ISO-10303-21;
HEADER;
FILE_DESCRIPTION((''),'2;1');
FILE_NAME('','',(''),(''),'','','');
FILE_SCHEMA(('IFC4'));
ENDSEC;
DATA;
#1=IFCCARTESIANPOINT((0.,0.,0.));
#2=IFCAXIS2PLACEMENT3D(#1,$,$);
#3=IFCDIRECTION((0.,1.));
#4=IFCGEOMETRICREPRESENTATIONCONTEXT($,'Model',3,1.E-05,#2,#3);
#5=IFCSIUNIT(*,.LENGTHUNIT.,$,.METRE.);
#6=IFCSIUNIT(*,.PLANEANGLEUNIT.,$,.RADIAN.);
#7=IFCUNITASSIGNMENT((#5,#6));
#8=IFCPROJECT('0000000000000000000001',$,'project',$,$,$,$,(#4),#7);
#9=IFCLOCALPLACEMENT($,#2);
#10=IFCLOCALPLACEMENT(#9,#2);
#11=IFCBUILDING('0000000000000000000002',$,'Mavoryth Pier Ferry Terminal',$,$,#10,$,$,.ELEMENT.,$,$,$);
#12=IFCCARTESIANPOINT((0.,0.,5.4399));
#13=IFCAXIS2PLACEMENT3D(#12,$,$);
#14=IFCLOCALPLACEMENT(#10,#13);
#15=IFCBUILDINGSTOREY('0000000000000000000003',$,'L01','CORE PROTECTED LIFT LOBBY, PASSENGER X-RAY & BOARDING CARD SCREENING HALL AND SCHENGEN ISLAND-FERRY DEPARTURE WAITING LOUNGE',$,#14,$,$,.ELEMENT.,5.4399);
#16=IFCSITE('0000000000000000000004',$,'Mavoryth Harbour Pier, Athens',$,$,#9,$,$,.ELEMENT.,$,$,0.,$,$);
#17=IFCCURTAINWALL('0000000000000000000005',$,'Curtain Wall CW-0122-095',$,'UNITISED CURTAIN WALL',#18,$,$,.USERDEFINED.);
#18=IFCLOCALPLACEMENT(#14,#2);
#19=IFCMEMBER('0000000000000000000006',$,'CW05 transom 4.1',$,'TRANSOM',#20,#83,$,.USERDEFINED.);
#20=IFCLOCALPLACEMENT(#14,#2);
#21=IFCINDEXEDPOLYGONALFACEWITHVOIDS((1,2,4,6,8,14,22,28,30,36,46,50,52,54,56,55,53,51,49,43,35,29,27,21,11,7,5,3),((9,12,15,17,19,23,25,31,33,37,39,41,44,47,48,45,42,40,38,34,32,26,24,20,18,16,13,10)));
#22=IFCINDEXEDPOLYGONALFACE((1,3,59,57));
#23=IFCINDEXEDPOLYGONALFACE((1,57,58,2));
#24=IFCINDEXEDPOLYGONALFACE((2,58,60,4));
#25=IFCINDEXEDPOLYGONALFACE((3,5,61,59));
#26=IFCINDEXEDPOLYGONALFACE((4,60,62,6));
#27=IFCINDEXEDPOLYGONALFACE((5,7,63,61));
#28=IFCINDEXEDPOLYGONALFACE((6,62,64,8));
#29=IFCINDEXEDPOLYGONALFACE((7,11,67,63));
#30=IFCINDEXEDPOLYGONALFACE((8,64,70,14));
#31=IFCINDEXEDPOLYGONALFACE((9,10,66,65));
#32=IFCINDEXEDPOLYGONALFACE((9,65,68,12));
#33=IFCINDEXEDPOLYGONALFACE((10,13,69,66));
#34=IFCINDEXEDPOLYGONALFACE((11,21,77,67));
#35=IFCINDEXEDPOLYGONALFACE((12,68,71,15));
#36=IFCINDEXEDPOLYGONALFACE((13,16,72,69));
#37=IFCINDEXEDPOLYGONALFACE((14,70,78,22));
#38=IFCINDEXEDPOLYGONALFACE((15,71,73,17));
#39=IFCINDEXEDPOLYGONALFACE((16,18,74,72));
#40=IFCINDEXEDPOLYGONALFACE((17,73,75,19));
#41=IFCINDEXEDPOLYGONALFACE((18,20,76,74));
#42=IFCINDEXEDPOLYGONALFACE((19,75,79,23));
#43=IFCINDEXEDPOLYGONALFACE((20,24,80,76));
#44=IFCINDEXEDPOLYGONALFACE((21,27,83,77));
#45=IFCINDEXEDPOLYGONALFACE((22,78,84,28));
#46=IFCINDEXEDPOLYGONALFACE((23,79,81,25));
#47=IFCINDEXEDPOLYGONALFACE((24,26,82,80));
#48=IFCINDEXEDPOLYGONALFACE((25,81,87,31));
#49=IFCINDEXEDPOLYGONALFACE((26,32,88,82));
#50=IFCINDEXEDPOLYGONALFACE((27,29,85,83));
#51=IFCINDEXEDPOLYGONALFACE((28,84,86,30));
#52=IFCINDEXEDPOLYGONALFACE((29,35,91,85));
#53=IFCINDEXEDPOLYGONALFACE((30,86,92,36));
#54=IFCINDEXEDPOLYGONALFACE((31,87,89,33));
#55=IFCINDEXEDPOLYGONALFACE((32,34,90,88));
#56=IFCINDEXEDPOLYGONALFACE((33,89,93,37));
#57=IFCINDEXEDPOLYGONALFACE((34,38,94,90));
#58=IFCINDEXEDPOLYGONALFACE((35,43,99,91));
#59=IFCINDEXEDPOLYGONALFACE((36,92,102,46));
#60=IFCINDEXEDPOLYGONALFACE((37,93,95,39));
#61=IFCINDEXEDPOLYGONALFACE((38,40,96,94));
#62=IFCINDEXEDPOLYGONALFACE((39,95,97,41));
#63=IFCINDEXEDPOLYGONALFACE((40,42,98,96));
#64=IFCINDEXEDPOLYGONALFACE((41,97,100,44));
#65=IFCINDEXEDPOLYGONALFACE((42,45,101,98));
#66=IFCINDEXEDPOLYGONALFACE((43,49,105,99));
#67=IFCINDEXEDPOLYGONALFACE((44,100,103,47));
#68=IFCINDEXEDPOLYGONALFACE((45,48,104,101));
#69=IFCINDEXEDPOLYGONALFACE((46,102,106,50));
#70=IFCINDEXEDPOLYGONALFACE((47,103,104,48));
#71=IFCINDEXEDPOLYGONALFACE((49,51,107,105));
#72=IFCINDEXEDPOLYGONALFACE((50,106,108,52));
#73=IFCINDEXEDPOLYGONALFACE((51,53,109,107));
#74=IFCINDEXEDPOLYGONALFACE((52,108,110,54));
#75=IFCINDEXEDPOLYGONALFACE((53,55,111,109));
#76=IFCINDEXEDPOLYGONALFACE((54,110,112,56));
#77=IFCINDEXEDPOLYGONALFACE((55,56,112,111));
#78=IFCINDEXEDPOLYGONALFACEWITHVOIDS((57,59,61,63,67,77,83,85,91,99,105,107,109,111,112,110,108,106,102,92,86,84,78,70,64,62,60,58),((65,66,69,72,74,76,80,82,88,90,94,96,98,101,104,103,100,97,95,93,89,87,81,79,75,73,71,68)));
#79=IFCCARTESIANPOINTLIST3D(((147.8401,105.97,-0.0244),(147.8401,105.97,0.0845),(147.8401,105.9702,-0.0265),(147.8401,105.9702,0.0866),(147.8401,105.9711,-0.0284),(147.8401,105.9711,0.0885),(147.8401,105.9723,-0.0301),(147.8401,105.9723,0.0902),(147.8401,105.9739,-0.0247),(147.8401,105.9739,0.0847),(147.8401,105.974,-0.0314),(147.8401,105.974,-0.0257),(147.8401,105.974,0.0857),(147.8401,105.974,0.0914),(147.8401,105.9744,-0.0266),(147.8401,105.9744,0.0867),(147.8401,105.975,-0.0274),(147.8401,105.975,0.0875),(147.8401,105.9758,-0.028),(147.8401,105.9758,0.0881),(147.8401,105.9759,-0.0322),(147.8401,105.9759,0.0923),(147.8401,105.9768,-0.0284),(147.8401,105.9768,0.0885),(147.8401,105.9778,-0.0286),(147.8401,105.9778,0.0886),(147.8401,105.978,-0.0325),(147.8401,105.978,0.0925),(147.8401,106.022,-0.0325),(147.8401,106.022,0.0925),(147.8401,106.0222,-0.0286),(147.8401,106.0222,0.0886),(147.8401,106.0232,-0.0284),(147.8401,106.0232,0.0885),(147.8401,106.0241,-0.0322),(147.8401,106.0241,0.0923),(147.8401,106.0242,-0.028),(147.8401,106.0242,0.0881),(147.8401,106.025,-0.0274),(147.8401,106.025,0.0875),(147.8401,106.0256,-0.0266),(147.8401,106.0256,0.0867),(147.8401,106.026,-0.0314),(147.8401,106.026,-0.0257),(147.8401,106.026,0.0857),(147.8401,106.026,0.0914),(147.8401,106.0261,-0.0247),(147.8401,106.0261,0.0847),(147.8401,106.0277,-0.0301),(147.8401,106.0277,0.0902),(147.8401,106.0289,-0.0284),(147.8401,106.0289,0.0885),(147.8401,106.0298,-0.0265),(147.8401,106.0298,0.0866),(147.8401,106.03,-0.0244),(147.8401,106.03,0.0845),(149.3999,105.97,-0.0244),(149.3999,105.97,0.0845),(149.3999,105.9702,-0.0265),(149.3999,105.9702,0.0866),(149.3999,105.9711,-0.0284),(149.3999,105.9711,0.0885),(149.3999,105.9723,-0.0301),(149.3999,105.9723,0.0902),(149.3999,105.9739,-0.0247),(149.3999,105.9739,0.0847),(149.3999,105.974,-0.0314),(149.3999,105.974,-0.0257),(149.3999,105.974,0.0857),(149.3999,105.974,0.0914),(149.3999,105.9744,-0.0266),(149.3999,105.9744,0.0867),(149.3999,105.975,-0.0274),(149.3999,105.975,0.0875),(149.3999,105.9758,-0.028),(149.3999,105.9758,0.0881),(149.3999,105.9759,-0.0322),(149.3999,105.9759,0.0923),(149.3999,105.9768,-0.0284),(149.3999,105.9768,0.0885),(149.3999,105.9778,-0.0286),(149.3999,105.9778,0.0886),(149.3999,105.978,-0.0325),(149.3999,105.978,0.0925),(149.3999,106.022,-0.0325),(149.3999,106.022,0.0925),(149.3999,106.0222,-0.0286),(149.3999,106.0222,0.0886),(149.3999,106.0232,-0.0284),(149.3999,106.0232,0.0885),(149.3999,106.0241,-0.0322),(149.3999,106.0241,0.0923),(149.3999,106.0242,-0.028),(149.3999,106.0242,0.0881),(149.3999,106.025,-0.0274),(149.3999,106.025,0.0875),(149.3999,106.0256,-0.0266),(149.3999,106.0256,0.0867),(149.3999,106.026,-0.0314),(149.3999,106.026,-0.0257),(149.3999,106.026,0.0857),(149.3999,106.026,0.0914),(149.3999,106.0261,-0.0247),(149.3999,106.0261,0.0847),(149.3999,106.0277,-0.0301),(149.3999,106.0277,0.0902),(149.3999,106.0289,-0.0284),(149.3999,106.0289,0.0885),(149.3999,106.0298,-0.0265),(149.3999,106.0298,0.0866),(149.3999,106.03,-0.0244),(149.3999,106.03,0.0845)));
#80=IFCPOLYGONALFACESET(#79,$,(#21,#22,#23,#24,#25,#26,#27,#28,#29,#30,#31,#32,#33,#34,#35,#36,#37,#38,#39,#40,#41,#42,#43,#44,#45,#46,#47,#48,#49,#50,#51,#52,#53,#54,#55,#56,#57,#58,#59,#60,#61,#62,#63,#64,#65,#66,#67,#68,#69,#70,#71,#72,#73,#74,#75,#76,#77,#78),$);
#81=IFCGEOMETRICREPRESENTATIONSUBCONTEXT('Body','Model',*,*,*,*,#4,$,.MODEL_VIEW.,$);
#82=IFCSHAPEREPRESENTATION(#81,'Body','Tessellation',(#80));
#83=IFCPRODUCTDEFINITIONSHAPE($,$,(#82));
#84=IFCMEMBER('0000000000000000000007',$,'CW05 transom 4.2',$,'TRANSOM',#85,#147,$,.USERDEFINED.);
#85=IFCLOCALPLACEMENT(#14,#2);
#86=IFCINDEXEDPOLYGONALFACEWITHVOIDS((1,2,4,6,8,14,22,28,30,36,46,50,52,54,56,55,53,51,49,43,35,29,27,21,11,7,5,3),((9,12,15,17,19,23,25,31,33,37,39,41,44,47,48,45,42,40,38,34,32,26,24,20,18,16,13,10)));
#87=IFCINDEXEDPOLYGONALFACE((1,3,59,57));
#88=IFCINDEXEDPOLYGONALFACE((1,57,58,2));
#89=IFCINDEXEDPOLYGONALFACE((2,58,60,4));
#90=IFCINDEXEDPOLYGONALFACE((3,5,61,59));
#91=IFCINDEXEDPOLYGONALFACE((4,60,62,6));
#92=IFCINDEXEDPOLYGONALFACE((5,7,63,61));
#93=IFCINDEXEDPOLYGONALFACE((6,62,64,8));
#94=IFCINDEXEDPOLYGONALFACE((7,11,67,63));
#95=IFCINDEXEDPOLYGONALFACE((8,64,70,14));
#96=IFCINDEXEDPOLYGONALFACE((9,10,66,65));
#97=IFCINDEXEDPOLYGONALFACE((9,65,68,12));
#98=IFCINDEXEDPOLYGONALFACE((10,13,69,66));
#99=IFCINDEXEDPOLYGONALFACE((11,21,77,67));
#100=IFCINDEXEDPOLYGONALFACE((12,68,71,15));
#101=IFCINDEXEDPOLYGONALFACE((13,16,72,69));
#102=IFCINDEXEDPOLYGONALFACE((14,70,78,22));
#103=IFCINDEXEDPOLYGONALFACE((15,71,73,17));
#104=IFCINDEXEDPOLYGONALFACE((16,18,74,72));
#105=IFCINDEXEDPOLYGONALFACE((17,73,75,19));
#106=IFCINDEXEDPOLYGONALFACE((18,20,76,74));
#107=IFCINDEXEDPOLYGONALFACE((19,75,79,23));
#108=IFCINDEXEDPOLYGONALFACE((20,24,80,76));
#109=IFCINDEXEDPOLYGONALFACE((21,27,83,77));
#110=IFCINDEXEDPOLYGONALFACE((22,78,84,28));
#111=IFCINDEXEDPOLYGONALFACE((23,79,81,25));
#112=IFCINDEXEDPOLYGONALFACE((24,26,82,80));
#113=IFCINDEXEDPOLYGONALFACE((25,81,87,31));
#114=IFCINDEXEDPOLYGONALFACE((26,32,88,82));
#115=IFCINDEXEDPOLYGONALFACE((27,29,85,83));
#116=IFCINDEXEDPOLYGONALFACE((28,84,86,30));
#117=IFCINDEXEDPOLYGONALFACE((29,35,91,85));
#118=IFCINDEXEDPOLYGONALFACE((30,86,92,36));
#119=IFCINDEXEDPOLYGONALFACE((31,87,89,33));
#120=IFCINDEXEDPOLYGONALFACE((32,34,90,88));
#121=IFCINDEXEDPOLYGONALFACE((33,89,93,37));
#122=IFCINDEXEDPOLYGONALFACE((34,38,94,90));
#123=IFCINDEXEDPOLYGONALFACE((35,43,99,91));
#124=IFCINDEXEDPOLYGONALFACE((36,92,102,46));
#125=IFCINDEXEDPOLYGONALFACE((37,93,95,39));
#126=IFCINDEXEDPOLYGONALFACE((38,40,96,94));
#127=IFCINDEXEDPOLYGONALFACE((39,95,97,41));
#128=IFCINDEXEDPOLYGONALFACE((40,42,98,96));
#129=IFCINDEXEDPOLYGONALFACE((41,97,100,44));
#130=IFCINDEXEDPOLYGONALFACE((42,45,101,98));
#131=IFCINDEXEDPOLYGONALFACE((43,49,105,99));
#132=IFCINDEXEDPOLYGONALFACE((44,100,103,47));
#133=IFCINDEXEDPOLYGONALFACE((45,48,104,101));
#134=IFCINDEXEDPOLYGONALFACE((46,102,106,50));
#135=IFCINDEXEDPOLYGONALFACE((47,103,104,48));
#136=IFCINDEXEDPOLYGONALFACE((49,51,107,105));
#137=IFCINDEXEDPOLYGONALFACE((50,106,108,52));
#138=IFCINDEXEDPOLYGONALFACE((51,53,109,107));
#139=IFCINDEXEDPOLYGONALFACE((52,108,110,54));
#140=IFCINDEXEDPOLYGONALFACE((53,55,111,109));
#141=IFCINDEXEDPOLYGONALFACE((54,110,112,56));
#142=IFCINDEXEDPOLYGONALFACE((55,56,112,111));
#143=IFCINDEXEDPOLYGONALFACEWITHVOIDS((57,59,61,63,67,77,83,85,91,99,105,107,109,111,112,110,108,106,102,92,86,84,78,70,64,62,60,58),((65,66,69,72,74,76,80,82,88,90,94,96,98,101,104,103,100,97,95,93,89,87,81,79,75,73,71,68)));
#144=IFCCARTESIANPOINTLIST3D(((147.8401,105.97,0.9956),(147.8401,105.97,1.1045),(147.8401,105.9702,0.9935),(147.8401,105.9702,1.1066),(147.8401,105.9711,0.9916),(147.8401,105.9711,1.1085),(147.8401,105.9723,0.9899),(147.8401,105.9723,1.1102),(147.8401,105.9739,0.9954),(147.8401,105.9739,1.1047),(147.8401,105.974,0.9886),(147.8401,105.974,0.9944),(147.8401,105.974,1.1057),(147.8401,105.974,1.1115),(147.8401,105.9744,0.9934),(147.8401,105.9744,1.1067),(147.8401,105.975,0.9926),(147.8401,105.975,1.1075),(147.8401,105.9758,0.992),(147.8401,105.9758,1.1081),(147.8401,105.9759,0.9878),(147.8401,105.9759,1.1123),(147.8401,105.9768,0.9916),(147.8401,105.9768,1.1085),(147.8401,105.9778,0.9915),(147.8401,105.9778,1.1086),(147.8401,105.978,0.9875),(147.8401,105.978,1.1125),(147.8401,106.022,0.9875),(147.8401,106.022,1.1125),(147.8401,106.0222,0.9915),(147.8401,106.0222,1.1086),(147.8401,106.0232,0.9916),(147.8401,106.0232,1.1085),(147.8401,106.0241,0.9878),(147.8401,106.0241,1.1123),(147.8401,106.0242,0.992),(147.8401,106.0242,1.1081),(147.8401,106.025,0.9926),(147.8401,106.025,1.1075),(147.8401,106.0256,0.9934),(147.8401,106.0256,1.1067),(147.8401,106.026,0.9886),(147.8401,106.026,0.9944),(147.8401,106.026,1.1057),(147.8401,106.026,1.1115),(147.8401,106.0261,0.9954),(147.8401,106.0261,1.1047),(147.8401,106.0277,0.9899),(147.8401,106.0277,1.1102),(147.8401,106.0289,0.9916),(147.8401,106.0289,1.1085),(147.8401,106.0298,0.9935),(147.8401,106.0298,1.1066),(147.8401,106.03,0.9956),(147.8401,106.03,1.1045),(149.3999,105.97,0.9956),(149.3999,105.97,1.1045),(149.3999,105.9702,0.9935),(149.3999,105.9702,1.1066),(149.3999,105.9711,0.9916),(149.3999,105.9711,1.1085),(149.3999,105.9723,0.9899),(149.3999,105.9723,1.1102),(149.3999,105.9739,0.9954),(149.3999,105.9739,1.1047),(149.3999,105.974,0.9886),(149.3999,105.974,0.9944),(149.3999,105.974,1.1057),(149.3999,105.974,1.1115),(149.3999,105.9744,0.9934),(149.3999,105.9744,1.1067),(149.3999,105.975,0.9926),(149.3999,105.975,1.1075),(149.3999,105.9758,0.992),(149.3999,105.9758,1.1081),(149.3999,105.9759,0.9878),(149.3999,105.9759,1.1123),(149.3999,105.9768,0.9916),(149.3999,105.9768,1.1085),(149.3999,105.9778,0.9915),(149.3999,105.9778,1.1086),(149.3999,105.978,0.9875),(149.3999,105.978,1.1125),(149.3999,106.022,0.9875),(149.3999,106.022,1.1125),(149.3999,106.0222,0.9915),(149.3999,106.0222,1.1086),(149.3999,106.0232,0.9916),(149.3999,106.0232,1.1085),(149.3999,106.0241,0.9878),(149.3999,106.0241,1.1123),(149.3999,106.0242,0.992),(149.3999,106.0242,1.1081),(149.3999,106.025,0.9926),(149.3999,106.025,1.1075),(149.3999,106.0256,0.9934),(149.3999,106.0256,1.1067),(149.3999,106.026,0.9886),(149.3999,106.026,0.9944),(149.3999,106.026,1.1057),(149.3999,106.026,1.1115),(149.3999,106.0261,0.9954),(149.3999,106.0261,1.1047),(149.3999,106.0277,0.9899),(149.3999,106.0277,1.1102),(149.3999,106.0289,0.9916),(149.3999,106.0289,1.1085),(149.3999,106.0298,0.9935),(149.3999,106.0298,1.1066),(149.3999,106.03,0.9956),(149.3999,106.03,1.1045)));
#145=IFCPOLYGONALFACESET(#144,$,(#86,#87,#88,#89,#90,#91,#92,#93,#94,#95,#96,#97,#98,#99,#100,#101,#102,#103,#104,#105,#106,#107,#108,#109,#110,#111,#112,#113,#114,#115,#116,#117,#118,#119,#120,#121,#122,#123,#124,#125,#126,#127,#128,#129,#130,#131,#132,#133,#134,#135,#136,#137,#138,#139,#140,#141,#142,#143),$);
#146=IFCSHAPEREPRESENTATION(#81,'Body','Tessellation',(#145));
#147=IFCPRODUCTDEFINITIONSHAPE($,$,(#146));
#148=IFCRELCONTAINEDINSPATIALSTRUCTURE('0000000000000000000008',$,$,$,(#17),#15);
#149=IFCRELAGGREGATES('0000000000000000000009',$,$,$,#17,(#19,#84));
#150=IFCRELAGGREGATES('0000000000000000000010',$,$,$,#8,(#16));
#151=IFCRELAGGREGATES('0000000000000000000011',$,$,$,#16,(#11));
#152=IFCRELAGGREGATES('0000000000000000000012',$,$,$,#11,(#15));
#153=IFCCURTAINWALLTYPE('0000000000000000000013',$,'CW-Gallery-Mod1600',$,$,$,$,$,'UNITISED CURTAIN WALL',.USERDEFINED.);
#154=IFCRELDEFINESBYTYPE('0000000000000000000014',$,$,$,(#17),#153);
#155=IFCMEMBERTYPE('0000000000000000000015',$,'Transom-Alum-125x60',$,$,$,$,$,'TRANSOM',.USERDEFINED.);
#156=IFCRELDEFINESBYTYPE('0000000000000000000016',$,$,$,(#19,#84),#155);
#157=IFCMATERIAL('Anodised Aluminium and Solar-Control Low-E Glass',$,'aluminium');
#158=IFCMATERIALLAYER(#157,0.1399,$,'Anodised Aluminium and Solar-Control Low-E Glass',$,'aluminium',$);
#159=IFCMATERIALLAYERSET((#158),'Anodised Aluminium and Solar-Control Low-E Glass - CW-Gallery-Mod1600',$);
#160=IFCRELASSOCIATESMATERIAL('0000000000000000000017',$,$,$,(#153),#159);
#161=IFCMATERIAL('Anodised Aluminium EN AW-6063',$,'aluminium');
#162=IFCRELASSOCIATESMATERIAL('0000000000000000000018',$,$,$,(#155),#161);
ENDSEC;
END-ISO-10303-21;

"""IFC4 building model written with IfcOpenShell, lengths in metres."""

from ifc_helpers import new_model, si_unit, direction, frame, origin, origin_2d, place, context, subcontext, project, spatial, hollow_rectangle, extrude, material, layer, layer_set, material_profile, profile_set, type_object, element, aggregate, save


model = new_model("IFC4")

# Units and contexts
model_context = context("Model", 3, precision=1e-05, world=origin(), true_north=direction((0.0, 1.0)))
body_context = subcontext(model_context, "Body", "Model", "MODEL_VIEW")
ifc_project = project(units=[si_unit("LENGTHUNIT", "METRE"), si_unit("PLANEANGLEUNIT", "RADIAN")], contexts=[model_context])

# Site, building, storey
site_placement = place(None, origin())
site = spatial("IfcSite", under=ifc_project, at=site_placement, Name="Mavoryth Harbour Pier, Athens", CompositionType="ELEMENT", RefElevation=0.0)
building_placement = place(site_placement, origin())
building = spatial("IfcBuilding", under=site, at=building_placement, Name="Mavoryth Pier Ferry Terminal", CompositionType="ELEMENT")
storey_placement = place(building_placement, frame((0.0, 0.0, 5.4399)))
storey = spatial("IfcBuildingStorey", under=building, at=storey_placement, Name="L01", Description="CORE PROTECTED LIFT LOBBY, PASSENGER X-RAY & BOARDING CARD SCREENING HALL AND SCHENGEN ISLAND-FERRY DEPARTURE WAITING LOUNGE", CompositionType="ELEMENT", Elevation=5.4399)

# Curtain wall
ifc_material_1 = material(Name="Anodised Aluminium and Solar-Control Low-E Glass", Category="aluminium")
ifc_layer_1 = layer(ifc_material_1, 0.1399, Name="Anodised Aluminium and Solar-Control Low-E Glass", Category="aluminium")
ifc_layer_set_1 = layer_set([ifc_layer_1], Name="Anodised Aluminium and Solar-Control Low-E Glass - CW-Gallery-Mod1600")
curtain_wall_type = type_object("IfcCurtainWallType", Name="CW-Gallery-Mod1600", ElementType="UNITISED CURTAIN WALL", PredefinedType="USERDEFINED", material=ifc_layer_set_1)
curtain_wall_placement = place(storey_placement, origin())
curtain_wall = element("IfcCurtainWall", 1, at=curtain_wall_placement, inside=storey, type_object=curtain_wall_type, Name="Curtain Wall CW-0122-095", ObjectType="UNITISED CURTAIN WALL", PredefinedType="USERDEFINED")
ifc_material_2 = material(Name="Anodised Aluminium EN AW-6063", Category="aluminium")

# Members
ifc_material_profile_1 = material_profile(ifc_material_2, hollow_rectangle(XDim=0.0601, YDim=0.125, WallThickness=0.0039, InnerFilletRadius=0.0039, OuterFilletRadius=0.0081, at=origin_2d()), Name="AL-TRAN 125x60x4", Category="aluminium")
ifc_profile_set_1 = profile_set([ifc_material_profile_1], Name="Anodised Aluminium EN AW-6063 - AL-TRAN 125x60x4")
member_type_1 = type_object("IfcMemberType", Name="Transom-Alum-125x60", ElementType="TRANSOM", PredefinedType="USERDEFINED", material=ifc_profile_set_1)
member_1_placement = place(storey_placement, frame((147.8401, 106.0, 0.03), z_axis=(1.0, 0.0, 0.0), x_axis=(0.0, 1.0, 0.0)))
member_1 = element("IfcMember", 2, at=member_1_placement, type_object=member_type_1, Name="CW05 transom 4.1", ObjectType="TRANSOM", PredefinedType="USERDEFINED", context=body_context, shape_type="SweptSolid", body=[
    extrude(hollow_rectangle(XDim=0.0601, YDim=0.125, WallThickness=0.0039, InnerFilletRadius=0.0039, OuterFilletRadius=0.0081, at=origin_2d()), origin(), (0.0, 0.0, 1.0), 1.5598),
])
member_2_placement = place(storey_placement, frame((147.8401, 106.0, 1.05), z_axis=(1.0, 0.0, 0.0), x_axis=(0.0, 1.0, 0.0)))
member_2 = element("IfcMember", 3, at=member_2_placement, type_object=member_type_1, Name="CW05 transom 4.2", ObjectType="TRANSOM", PredefinedType="USERDEFINED", context=body_context, shape_type="SweptSolid", body=[
    extrude(hollow_rectangle(XDim=0.0601, YDim=0.125, WallThickness=0.0039, InnerFilletRadius=0.0039, OuterFilletRadius=0.0081, at=origin_2d()), origin(), (0.0, 0.0, 1.0), 1.5598),
])

aggregate(curtain_wall, [member_1, member_2])

save(model, "model.ifc")
